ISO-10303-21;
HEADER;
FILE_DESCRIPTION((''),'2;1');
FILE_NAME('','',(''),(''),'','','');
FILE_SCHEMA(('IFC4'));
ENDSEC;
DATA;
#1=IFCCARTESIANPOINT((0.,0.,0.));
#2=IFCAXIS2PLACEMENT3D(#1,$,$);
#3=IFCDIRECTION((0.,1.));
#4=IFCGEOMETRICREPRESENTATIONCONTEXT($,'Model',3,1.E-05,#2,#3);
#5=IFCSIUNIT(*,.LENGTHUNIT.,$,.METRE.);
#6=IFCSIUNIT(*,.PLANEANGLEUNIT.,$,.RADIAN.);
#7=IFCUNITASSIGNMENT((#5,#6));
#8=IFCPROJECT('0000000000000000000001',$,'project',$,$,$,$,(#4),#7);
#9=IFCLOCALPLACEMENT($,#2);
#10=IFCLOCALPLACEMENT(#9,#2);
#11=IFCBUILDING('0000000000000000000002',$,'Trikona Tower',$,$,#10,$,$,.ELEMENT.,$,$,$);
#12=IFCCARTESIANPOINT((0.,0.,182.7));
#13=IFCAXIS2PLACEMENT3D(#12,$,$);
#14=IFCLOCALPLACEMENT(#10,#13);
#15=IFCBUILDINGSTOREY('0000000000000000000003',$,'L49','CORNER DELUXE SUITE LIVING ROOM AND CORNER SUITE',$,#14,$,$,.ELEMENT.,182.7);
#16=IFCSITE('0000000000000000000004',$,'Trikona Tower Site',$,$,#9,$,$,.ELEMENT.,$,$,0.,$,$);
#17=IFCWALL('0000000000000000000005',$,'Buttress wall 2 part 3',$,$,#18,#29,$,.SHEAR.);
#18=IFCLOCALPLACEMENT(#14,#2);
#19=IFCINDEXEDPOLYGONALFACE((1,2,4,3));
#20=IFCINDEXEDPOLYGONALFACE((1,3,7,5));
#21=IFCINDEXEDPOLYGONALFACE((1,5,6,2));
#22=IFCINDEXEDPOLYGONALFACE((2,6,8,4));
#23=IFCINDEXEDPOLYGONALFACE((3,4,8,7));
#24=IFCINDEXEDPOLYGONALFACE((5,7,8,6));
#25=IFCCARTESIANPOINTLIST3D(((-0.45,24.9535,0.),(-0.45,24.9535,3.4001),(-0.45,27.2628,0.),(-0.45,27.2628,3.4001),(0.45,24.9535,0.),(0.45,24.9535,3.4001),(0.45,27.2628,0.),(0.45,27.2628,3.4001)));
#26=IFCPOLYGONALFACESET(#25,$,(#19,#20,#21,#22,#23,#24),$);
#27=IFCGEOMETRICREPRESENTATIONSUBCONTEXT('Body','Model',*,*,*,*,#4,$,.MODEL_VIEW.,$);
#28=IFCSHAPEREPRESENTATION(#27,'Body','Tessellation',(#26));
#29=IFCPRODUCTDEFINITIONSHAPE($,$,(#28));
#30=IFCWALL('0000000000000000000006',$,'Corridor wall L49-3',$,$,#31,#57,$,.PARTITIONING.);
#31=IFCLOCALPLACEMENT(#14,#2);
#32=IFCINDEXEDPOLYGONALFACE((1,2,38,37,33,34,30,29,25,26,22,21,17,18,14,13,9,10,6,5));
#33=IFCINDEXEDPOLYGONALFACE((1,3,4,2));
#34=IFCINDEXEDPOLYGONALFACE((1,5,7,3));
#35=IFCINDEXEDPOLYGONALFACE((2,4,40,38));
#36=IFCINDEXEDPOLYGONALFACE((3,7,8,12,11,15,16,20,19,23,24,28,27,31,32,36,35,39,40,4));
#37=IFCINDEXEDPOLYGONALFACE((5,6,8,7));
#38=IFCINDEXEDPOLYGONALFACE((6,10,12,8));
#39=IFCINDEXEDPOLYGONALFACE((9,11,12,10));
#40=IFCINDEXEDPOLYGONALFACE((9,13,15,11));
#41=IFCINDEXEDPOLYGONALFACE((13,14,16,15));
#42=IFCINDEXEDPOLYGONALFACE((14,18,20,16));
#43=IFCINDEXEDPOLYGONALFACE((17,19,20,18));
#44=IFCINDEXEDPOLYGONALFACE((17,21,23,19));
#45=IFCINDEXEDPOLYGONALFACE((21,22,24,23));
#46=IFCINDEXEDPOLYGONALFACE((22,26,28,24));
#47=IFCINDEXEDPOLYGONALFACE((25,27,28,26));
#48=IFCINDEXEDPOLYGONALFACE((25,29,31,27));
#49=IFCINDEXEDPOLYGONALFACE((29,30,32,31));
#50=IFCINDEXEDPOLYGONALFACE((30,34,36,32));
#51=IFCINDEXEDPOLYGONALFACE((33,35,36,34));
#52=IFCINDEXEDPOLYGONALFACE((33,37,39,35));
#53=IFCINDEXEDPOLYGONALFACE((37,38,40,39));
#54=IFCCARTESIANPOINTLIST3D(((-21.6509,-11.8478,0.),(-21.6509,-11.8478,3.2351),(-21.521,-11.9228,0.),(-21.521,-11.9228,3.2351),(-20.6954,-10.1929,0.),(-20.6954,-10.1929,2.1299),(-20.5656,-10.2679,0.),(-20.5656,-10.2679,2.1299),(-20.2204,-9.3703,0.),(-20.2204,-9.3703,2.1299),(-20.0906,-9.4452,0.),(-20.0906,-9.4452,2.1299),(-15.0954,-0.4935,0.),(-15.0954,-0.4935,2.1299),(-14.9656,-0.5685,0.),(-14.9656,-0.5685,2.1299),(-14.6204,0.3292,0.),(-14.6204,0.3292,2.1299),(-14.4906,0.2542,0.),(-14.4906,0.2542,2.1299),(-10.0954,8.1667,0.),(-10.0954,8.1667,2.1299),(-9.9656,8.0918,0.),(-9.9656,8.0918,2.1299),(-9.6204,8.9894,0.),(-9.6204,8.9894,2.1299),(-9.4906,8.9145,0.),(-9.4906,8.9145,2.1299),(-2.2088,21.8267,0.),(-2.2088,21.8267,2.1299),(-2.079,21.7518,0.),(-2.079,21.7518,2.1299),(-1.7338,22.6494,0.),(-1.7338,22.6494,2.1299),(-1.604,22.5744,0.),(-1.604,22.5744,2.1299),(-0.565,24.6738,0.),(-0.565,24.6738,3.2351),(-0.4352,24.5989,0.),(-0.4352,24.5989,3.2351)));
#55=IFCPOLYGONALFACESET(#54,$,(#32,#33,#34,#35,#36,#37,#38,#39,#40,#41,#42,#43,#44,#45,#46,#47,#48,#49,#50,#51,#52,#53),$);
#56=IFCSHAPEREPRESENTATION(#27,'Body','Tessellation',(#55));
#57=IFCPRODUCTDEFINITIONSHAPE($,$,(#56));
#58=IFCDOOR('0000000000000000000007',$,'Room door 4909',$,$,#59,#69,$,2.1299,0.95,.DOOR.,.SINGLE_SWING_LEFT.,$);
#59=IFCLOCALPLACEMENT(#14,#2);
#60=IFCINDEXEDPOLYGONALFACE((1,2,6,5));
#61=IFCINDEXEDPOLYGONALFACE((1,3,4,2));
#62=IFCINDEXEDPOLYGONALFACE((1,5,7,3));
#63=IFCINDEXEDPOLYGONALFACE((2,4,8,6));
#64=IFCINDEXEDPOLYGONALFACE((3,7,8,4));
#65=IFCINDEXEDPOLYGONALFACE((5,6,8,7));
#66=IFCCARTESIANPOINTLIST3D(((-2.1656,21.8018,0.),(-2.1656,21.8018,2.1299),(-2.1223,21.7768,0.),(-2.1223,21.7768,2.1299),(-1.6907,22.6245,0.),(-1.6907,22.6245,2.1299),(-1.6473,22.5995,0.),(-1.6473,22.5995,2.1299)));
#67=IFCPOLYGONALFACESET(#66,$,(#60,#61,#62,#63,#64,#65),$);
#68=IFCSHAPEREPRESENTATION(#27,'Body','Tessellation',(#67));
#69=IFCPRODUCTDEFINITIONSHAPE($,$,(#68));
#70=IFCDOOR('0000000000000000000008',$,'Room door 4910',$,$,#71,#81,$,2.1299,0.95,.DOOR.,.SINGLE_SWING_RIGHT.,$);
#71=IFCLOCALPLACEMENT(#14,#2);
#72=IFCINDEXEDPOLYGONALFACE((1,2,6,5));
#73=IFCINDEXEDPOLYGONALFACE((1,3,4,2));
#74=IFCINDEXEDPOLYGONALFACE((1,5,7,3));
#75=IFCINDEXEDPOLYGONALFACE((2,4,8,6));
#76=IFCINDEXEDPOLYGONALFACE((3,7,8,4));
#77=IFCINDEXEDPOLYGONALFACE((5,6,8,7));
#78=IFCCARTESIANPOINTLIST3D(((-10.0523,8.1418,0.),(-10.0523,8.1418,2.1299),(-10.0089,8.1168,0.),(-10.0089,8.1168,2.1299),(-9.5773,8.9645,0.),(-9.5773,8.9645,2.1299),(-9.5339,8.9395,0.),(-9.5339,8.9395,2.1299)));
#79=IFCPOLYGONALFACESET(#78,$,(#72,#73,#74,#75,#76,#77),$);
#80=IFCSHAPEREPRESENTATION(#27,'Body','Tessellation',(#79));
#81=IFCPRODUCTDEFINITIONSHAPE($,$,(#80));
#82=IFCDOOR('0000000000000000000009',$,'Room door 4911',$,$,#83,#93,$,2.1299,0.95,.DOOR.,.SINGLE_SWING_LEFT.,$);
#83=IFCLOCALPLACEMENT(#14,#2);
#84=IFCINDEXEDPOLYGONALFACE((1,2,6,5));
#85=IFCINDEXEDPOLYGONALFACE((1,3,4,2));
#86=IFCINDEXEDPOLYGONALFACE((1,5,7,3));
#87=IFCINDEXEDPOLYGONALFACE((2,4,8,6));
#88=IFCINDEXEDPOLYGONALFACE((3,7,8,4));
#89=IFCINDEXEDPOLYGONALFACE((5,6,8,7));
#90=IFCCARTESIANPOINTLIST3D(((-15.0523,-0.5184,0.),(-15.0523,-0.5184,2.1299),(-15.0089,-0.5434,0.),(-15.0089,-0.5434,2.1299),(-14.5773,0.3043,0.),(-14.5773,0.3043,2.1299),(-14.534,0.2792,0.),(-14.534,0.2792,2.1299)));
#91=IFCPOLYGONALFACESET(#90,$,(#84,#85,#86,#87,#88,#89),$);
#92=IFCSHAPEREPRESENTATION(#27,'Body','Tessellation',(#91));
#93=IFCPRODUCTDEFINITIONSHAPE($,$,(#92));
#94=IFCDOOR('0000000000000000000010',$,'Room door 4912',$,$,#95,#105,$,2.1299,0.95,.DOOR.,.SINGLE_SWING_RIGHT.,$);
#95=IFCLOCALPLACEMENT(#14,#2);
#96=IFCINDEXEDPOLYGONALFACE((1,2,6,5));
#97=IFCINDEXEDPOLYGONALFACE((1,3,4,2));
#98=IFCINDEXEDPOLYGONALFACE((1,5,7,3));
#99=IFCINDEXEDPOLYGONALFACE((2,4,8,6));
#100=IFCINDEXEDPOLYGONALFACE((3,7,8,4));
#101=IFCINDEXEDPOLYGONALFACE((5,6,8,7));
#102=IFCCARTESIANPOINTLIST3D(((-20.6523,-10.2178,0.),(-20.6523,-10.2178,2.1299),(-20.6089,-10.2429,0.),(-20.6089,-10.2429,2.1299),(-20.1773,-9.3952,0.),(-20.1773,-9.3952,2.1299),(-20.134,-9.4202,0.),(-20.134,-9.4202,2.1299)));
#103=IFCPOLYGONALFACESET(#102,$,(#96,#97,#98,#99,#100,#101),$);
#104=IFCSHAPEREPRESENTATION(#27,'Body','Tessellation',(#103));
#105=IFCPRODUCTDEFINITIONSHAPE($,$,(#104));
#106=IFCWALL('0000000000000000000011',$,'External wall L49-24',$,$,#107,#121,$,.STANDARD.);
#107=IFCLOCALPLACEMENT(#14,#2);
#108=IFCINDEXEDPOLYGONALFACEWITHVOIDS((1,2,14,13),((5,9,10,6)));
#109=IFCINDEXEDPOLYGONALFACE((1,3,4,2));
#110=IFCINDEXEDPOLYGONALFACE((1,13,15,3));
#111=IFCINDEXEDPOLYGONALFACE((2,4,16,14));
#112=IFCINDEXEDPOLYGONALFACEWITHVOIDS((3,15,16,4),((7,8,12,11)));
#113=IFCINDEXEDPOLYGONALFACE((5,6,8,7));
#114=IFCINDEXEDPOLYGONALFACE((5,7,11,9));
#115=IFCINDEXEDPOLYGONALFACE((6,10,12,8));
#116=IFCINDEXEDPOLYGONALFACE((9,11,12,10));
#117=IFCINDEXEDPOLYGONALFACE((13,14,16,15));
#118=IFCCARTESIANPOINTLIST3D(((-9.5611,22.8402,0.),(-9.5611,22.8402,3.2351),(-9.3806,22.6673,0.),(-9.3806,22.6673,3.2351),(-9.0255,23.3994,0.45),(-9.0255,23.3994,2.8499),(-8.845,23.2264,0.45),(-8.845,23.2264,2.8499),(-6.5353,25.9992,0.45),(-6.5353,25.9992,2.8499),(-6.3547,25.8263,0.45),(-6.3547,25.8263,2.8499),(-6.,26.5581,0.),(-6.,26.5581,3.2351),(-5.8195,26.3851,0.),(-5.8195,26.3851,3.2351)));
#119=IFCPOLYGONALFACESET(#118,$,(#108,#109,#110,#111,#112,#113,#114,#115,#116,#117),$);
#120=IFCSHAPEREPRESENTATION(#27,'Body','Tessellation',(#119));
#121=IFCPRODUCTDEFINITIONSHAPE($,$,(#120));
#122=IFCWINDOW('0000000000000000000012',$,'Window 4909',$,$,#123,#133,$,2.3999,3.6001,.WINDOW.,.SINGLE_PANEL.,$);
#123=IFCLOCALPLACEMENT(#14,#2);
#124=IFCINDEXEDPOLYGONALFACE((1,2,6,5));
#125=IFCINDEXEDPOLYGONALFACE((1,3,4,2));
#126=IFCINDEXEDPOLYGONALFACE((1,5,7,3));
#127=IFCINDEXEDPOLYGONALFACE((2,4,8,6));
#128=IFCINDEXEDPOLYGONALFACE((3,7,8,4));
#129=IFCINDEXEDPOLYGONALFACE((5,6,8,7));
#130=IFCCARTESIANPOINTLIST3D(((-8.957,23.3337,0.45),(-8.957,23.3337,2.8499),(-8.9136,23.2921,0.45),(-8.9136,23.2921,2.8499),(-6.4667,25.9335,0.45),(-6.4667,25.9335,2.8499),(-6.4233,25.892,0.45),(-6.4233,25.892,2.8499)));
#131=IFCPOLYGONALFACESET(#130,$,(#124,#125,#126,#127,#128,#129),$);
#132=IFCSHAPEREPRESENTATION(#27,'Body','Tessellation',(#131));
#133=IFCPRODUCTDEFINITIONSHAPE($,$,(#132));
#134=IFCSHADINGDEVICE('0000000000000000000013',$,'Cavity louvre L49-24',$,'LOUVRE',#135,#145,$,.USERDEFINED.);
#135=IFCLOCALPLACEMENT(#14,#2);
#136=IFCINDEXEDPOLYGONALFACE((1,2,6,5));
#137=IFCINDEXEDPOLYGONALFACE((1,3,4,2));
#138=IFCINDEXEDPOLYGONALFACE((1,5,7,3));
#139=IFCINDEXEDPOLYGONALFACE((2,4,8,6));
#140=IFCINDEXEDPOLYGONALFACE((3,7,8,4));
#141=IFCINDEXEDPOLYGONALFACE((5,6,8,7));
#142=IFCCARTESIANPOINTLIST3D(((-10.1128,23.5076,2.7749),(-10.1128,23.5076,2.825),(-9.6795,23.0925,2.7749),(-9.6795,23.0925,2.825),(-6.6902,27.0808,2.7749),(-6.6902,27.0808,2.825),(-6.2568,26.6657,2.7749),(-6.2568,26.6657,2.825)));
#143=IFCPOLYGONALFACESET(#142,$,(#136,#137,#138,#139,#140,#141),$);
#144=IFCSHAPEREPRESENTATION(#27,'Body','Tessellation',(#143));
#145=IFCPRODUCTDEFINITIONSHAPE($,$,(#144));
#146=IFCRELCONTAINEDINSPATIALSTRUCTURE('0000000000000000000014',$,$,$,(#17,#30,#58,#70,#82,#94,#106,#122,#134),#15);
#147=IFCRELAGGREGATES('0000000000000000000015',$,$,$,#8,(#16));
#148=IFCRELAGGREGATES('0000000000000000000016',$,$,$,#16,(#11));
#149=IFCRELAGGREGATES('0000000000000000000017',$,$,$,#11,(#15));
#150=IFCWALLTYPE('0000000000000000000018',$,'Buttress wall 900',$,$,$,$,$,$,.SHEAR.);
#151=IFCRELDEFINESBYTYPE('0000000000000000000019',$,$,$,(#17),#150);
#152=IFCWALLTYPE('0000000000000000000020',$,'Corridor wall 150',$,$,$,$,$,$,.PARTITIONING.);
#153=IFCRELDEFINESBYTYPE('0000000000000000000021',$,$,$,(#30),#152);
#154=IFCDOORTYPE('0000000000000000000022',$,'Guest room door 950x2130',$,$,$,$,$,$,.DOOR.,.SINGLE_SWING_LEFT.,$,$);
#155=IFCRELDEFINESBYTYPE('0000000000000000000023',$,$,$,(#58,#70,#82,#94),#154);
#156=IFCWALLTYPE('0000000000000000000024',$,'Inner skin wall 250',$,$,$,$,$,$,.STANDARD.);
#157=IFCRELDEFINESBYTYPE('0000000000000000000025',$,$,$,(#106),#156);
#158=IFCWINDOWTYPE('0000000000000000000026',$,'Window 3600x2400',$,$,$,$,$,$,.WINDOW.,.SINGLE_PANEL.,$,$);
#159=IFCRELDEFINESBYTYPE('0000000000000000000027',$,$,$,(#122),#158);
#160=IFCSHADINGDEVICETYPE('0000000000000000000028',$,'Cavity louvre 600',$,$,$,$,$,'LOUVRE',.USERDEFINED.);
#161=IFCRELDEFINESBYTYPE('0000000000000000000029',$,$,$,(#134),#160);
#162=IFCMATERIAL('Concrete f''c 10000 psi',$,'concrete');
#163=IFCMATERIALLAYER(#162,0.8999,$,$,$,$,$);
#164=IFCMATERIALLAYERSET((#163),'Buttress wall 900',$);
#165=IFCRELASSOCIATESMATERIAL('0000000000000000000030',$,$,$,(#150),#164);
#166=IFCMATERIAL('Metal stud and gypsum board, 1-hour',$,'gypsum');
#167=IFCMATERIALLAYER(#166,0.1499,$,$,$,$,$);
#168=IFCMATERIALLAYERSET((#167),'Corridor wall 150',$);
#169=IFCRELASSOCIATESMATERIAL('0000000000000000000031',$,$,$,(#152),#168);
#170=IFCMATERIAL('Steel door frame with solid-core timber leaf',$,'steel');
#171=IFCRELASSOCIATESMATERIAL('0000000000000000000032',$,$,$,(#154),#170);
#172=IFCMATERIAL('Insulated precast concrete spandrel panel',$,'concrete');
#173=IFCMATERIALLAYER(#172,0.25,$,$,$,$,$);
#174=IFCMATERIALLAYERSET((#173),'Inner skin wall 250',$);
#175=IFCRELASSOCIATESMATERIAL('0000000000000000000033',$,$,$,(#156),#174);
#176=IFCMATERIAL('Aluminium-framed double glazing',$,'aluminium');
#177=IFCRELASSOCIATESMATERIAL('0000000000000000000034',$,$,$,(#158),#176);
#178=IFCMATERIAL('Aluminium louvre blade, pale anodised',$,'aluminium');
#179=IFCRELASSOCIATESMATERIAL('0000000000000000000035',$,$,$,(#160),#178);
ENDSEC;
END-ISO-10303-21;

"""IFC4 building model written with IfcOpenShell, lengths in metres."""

from ifc_helpers import new_model, si_unit, direction, frame, frame_2d, origin, origin_2d, place, context, subcontext, project, spatial, rectangle, extrude, material, layer, layer_set, type_object, element, fill, save


model = new_model("IFC4")

# Units and contexts
model_context = context("Model", 3, precision=1e-05, world=origin(), true_north=direction((0.0, 1.0)))
body_context = subcontext(model_context, "Body", "Model", "MODEL_VIEW")
ifc_project = project(units=[si_unit("LENGTHUNIT", "METRE"), si_unit("PLANEANGLEUNIT", "RADIAN")], contexts=[model_context])

# Site, building, storey
site_placement = place(None, origin())
site = spatial("IfcSite", under=ifc_project, at=site_placement, Name="Trikona Tower Site", CompositionType="ELEMENT", RefElevation=0.0)
building_placement = place(site_placement, origin())
building = spatial("IfcBuilding", under=site, at=building_placement, Name="Trikona Tower", CompositionType="ELEMENT")
storey_placement = place(building_placement, frame((0.0, 0.0, 182.7)))
storey = spatial("IfcBuildingStorey", under=building, at=storey_placement, Name="L49", Description="CORNER DELUXE SUITE LIVING ROOM AND CORNER SUITE", CompositionType="ELEMENT", Elevation=182.7)

# Wall
ifc_material_1 = material(Name="Concrete f'c 10000 psi", Category="concrete")
ifc_layer_1 = layer(ifc_material_1, 0.8999)
ifc_layer_set_1 = layer_set([ifc_layer_1], Name="Buttress wall 900")
wall_type_1 = type_object("IfcWallType", Name="Buttress wall 900", PredefinedType="SHEAR", material=ifc_layer_set_1)
wall_1_placement = place(storey_placement, frame((0.0, 24.9534, 0.0), z_axis=(0.0, 0.0, 1.0), x_axis=(0.0, 1.0, 0.0)))
element("IfcWall", 1, at=wall_1_placement, inside=storey, type_object=wall_type_1, Name="Buttress wall 2 part 3", PredefinedType="SHEAR", context=body_context, shape_type="SweptSolid", body=[
    extrude(rectangle(XDim=2.3093, YDim=0.8999, at=frame_2d((1.1548, 0.0))), origin(), (0.0, 0.0, 1.0), 3.4001),
])

# Wall, openings, doors
ifc_material_2 = material(Name="Metal stud and gypsum board, 1-hour", Category="gypsum")
ifc_layer_2 = layer(ifc_material_2, 0.1499)
ifc_layer_set_2 = layer_set([ifc_layer_2], Name="Corridor wall 150")
wall_type_2 = type_object("IfcWallType", Name="Corridor wall 150", PredefinedType="PARTITIONING", material=ifc_layer_set_2)
wall_2_placement = place(storey_placement, frame((-0.5, 24.6365, 0.0), z_axis=(0.0, 0.0, 1.0), x_axis=(-0.500002, -0.866024, 0.0)))
wall_2 = element("IfcWall", 2, at=wall_2_placement, inside=storey, type_object=wall_type_2, Name="Corridor wall L49-3", PredefinedType="PARTITIONING", context=body_context, shape_type="SweptSolid", body=[
    extrude(rectangle(XDim=42.1716, YDim=0.1499, at=frame_2d((21.0859, 0.0))), origin(), (0.0, 0.0, 1.0), 3.2351),
])
opening_1_placement = place(wall_2_placement, frame((2.3376, 0.0, 0.0)))
opening_1 = element("IfcOpeningElement", 3, at=opening_1_placement, cuts=wall_2, PredefinedType="OPENING", context=body_context, shape_type="SweptSolid", body=[
    extrude(rectangle(XDim=0.95, YDim=2.1299, at=frame_2d((0.4751, 1.0649))), frame((0.0, 0.085, 0.0), z_axis=(0.0, -1.0, 0.0), x_axis=(1.0, 0.0, 0.0)), (0.0, 0.0, 1.0), 0.1699),
])
opening_2_placement = place(wall_2_placement, frame((18.1108, 0.0, 0.0)))
opening_2 = element("IfcOpeningElement", 4, at=opening_2_placement, cuts=wall_2, PredefinedType="OPENING", context=body_context, shape_type="SweptSolid", body=[
    extrude(rectangle(XDim=0.95, YDim=2.1299, at=frame_2d((0.4751, 1.0649))), frame((0.0, 0.085, 0.0), z_axis=(0.0, -1.0, 0.0), x_axis=(1.0, 0.0, 0.0)), (0.0, 0.0, 1.0), 0.1699),
])
opening_3_placement = place(wall_2_placement, frame((28.1108, 0.0, 0.0)))
opening_3 = element("IfcOpeningElement", 5, at=opening_3_placement, cuts=wall_2, PredefinedType="OPENING", context=body_context, shape_type="SweptSolid", body=[
    extrude(rectangle(XDim=0.95, YDim=2.1299, at=frame_2d((0.4751, 1.0649))), frame((0.0, 0.085, 0.0), z_axis=(0.0, -1.0, 0.0), x_axis=(1.0, 0.0, 0.0)), (0.0, 0.0, 1.0), 0.1699),
])
opening_4_placement = place(wall_2_placement, frame((39.3108, 0.0, 0.0)))
opening_4 = element("IfcOpeningElement", 6, at=opening_4_placement, cuts=wall_2, PredefinedType="OPENING", context=body_context, shape_type="SweptSolid", body=[
    extrude(rectangle(XDim=0.95, YDim=2.1299, at=frame_2d((0.4751, 1.0649))), frame((0.0, 0.085, 0.0), z_axis=(0.0, -1.0, 0.0), x_axis=(1.0, 0.0, 0.0)), (0.0, 0.0, 1.0), 0.1699),
])
ifc_material_3 = material(Name="Steel door frame with solid-core timber leaf", Category="steel")
door_type = type_object("IfcDoorType", Name="Guest room door 950x2130", OperationType="SINGLE_SWING_LEFT", PredefinedType="DOOR", material=ifc_material_3)
door_1_placement = place(opening_1_placement, origin())
door_1 = element("IfcDoor", 7, at=door_1_placement, inside=storey, type_object=door_type, Name="Room door 4909", OperationType="SINGLE_SWING_LEFT", OverallHeight=2.1299, OverallWidth=0.95, PredefinedType="DOOR", context=body_context, shape_type="SweptSolid", body=[
    extrude(rectangle(XDim=0.95, YDim=2.1299, at=frame_2d((0.4751, 1.0649))), frame((0.0, 0.0249, 0.0), z_axis=(0.0, -1.0, 0.0), x_axis=(1.0, 0.0, 0.0)), (0.0, 0.0, 1.0), 0.05),
])
fill(opening_1, door_1)
door_2_placement = place(opening_2_placement, origin())
door_2 = element("IfcDoor", 8, at=door_2_placement, inside=storey, type_object=door_type, Name="Room door 4910", OperationType="SINGLE_SWING_RIGHT", OverallHeight=2.1299, OverallWidth=0.95, PredefinedType="DOOR", context=body_context, shape_type="SweptSolid", body=[
    extrude(rectangle(XDim=0.95, YDim=2.1299, at=frame_2d((0.4751, 1.0649))), frame((0.0, 0.0249, 0.0), z_axis=(0.0, -1.0, 0.0), x_axis=(1.0, 0.0, 0.0)), (0.0, 0.0, 1.0), 0.05),
])
fill(opening_2, door_2)
door_3_placement = place(opening_3_placement, origin())
door_3 = element("IfcDoor", 9, at=door_3_placement, inside=storey, type_object=door_type, Name="Room door 4911", OperationType="SINGLE_SWING_LEFT", OverallHeight=2.1299, OverallWidth=0.95, PredefinedType="DOOR", context=body_context, shape_type="SweptSolid", body=[
    extrude(rectangle(XDim=0.95, YDim=2.1299, at=frame_2d((0.4751, 1.0649))), frame((0.0, 0.0249, 0.0), z_axis=(0.0, -1.0, 0.0), x_axis=(1.0, 0.0, 0.0)), (0.0, 0.0, 1.0), 0.05),
])
fill(opening_3, door_3)
door_4_placement = place(opening_4_placement, origin())
door_4 = element("IfcDoor", 10, at=door_4_placement, inside=storey, type_object=door_type, Name="Room door 4912", OperationType="SINGLE_SWING_RIGHT", OverallHeight=2.1299, OverallWidth=0.95, PredefinedType="DOOR", context=body_context, shape_type="SweptSolid", body=[
    extrude(rectangle(XDim=0.95, YDim=2.1299, at=frame_2d((0.4751, 1.0649))), frame((0.0, 0.0249, 0.0), z_axis=(0.0, -1.0, 0.0), x_axis=(1.0, 0.0, 0.0)), (0.0, 0.0, 1.0), 0.05),
])
fill(opening_4, door_4)

# Wall, opening, window
ifc_material_4 = material(Name="Insulated precast concrete spandrel panel", Category="concrete")
ifc_layer_3 = layer(ifc_material_4, 0.25)
ifc_layer_set_3 = layer_set([ifc_layer_3], Name="Inner skin wall 250")
wall_type_3 = type_object("IfcWallType", Name="Inner skin wall 250", PredefinedType="STANDARD", material=ifc_layer_set_3)
wall_3_placement = place(storey_placement, frame((-5.9097, 26.4717, 0.0), z_axis=(0.0, 0.0, 1.0), x_axis=(-0.69172, -0.722166, 0.0)))
wall_3 = element("IfcWall", 11, at=wall_3_placement, inside=storey, type_object=wall_type_3, Name="External wall L49-24", PredefinedType="STANDARD", context=body_context, shape_type="SweptSolid", body=[
    extrude(rectangle(XDim=5.1482, YDim=0.25, at=frame_2d((2.5742, 0.0))), origin(), (0.0, 0.0, 1.0), 3.2351),
])
opening_5_placement = place(wall_3_placement, frame((0.7739, 0.0, 0.45)))
opening_5 = element("IfcOpeningElement", 12, at=opening_5_placement, cuts=wall_3, PredefinedType="OPENING", context=body_context, shape_type="SweptSolid", body=[
    extrude(rectangle(XDim=3.6001, YDim=2.3999, at=frame_2d((1.8, 1.2))), frame((0.0, 0.135, 0.0), z_axis=(0.0, -1.0, 0.0), x_axis=(1.0, 0.0, 0.0)), (0.0, 0.0, 1.0), 0.27),
])
ifc_material_5 = material(Name="Aluminium-framed double glazing", Category="aluminium")
window_type_1 = type_object("IfcWindowType", Name="Window 3600x2400", PartitioningType="SINGLE_PANEL", PredefinedType="WINDOW", material=ifc_material_5)
window_1_placement = place(opening_5_placement, origin())
window_1 = element("IfcWindow", 13, at=window_1_placement, inside=storey, type_object=window_type_1, Name="Window 4909", OverallHeight=2.3999, OverallWidth=3.6001, PartitioningType="SINGLE_PANEL", PredefinedType="WINDOW", context=body_context, shape_type="SweptSolid", body=[
    extrude(rectangle(XDim=3.6001, YDim=2.3999, at=frame_2d((1.8, 1.2))), frame((0.0, 0.03, 0.0), z_axis=(0.0, -1.0, 0.0), x_axis=(1.0, 0.0, 0.0)), (0.0, 0.0, 1.0), 0.0601),
])
fill(opening_5, window_1)

# Shading device
ifc_material_6 = material(Name="Aluminium louvre blade, pale anodised", Category="aluminium")
shading_device_type = type_object("IfcShadingDeviceType", Name="Cavity louvre 600", ElementType="LOUVRE", PredefinedType="USERDEFINED", material=ifc_material_6)
shading_device_placement = place(storey_placement, frame((-8.1848, 25.0867, 2.7749), z_axis=(0.0, 0.0, 1.0), x_axis=(-0.691724, -0.722162, 0.0)))
element("IfcShadingDevice", 14, at=shading_device_placement, inside=storey, type_object=shading_device_type, Name="Cavity louvre L49-24", ObjectType="LOUVRE", PredefinedType="USERDEFINED", context=body_context, shape_type="SweptSolid", body=[
    extrude(rectangle(XDim=4.948, YDim=0.6001, at=origin_2d()), origin(), (0.0, 0.0, 1.0), 0.05),
])

save(model, "model.ifc")
